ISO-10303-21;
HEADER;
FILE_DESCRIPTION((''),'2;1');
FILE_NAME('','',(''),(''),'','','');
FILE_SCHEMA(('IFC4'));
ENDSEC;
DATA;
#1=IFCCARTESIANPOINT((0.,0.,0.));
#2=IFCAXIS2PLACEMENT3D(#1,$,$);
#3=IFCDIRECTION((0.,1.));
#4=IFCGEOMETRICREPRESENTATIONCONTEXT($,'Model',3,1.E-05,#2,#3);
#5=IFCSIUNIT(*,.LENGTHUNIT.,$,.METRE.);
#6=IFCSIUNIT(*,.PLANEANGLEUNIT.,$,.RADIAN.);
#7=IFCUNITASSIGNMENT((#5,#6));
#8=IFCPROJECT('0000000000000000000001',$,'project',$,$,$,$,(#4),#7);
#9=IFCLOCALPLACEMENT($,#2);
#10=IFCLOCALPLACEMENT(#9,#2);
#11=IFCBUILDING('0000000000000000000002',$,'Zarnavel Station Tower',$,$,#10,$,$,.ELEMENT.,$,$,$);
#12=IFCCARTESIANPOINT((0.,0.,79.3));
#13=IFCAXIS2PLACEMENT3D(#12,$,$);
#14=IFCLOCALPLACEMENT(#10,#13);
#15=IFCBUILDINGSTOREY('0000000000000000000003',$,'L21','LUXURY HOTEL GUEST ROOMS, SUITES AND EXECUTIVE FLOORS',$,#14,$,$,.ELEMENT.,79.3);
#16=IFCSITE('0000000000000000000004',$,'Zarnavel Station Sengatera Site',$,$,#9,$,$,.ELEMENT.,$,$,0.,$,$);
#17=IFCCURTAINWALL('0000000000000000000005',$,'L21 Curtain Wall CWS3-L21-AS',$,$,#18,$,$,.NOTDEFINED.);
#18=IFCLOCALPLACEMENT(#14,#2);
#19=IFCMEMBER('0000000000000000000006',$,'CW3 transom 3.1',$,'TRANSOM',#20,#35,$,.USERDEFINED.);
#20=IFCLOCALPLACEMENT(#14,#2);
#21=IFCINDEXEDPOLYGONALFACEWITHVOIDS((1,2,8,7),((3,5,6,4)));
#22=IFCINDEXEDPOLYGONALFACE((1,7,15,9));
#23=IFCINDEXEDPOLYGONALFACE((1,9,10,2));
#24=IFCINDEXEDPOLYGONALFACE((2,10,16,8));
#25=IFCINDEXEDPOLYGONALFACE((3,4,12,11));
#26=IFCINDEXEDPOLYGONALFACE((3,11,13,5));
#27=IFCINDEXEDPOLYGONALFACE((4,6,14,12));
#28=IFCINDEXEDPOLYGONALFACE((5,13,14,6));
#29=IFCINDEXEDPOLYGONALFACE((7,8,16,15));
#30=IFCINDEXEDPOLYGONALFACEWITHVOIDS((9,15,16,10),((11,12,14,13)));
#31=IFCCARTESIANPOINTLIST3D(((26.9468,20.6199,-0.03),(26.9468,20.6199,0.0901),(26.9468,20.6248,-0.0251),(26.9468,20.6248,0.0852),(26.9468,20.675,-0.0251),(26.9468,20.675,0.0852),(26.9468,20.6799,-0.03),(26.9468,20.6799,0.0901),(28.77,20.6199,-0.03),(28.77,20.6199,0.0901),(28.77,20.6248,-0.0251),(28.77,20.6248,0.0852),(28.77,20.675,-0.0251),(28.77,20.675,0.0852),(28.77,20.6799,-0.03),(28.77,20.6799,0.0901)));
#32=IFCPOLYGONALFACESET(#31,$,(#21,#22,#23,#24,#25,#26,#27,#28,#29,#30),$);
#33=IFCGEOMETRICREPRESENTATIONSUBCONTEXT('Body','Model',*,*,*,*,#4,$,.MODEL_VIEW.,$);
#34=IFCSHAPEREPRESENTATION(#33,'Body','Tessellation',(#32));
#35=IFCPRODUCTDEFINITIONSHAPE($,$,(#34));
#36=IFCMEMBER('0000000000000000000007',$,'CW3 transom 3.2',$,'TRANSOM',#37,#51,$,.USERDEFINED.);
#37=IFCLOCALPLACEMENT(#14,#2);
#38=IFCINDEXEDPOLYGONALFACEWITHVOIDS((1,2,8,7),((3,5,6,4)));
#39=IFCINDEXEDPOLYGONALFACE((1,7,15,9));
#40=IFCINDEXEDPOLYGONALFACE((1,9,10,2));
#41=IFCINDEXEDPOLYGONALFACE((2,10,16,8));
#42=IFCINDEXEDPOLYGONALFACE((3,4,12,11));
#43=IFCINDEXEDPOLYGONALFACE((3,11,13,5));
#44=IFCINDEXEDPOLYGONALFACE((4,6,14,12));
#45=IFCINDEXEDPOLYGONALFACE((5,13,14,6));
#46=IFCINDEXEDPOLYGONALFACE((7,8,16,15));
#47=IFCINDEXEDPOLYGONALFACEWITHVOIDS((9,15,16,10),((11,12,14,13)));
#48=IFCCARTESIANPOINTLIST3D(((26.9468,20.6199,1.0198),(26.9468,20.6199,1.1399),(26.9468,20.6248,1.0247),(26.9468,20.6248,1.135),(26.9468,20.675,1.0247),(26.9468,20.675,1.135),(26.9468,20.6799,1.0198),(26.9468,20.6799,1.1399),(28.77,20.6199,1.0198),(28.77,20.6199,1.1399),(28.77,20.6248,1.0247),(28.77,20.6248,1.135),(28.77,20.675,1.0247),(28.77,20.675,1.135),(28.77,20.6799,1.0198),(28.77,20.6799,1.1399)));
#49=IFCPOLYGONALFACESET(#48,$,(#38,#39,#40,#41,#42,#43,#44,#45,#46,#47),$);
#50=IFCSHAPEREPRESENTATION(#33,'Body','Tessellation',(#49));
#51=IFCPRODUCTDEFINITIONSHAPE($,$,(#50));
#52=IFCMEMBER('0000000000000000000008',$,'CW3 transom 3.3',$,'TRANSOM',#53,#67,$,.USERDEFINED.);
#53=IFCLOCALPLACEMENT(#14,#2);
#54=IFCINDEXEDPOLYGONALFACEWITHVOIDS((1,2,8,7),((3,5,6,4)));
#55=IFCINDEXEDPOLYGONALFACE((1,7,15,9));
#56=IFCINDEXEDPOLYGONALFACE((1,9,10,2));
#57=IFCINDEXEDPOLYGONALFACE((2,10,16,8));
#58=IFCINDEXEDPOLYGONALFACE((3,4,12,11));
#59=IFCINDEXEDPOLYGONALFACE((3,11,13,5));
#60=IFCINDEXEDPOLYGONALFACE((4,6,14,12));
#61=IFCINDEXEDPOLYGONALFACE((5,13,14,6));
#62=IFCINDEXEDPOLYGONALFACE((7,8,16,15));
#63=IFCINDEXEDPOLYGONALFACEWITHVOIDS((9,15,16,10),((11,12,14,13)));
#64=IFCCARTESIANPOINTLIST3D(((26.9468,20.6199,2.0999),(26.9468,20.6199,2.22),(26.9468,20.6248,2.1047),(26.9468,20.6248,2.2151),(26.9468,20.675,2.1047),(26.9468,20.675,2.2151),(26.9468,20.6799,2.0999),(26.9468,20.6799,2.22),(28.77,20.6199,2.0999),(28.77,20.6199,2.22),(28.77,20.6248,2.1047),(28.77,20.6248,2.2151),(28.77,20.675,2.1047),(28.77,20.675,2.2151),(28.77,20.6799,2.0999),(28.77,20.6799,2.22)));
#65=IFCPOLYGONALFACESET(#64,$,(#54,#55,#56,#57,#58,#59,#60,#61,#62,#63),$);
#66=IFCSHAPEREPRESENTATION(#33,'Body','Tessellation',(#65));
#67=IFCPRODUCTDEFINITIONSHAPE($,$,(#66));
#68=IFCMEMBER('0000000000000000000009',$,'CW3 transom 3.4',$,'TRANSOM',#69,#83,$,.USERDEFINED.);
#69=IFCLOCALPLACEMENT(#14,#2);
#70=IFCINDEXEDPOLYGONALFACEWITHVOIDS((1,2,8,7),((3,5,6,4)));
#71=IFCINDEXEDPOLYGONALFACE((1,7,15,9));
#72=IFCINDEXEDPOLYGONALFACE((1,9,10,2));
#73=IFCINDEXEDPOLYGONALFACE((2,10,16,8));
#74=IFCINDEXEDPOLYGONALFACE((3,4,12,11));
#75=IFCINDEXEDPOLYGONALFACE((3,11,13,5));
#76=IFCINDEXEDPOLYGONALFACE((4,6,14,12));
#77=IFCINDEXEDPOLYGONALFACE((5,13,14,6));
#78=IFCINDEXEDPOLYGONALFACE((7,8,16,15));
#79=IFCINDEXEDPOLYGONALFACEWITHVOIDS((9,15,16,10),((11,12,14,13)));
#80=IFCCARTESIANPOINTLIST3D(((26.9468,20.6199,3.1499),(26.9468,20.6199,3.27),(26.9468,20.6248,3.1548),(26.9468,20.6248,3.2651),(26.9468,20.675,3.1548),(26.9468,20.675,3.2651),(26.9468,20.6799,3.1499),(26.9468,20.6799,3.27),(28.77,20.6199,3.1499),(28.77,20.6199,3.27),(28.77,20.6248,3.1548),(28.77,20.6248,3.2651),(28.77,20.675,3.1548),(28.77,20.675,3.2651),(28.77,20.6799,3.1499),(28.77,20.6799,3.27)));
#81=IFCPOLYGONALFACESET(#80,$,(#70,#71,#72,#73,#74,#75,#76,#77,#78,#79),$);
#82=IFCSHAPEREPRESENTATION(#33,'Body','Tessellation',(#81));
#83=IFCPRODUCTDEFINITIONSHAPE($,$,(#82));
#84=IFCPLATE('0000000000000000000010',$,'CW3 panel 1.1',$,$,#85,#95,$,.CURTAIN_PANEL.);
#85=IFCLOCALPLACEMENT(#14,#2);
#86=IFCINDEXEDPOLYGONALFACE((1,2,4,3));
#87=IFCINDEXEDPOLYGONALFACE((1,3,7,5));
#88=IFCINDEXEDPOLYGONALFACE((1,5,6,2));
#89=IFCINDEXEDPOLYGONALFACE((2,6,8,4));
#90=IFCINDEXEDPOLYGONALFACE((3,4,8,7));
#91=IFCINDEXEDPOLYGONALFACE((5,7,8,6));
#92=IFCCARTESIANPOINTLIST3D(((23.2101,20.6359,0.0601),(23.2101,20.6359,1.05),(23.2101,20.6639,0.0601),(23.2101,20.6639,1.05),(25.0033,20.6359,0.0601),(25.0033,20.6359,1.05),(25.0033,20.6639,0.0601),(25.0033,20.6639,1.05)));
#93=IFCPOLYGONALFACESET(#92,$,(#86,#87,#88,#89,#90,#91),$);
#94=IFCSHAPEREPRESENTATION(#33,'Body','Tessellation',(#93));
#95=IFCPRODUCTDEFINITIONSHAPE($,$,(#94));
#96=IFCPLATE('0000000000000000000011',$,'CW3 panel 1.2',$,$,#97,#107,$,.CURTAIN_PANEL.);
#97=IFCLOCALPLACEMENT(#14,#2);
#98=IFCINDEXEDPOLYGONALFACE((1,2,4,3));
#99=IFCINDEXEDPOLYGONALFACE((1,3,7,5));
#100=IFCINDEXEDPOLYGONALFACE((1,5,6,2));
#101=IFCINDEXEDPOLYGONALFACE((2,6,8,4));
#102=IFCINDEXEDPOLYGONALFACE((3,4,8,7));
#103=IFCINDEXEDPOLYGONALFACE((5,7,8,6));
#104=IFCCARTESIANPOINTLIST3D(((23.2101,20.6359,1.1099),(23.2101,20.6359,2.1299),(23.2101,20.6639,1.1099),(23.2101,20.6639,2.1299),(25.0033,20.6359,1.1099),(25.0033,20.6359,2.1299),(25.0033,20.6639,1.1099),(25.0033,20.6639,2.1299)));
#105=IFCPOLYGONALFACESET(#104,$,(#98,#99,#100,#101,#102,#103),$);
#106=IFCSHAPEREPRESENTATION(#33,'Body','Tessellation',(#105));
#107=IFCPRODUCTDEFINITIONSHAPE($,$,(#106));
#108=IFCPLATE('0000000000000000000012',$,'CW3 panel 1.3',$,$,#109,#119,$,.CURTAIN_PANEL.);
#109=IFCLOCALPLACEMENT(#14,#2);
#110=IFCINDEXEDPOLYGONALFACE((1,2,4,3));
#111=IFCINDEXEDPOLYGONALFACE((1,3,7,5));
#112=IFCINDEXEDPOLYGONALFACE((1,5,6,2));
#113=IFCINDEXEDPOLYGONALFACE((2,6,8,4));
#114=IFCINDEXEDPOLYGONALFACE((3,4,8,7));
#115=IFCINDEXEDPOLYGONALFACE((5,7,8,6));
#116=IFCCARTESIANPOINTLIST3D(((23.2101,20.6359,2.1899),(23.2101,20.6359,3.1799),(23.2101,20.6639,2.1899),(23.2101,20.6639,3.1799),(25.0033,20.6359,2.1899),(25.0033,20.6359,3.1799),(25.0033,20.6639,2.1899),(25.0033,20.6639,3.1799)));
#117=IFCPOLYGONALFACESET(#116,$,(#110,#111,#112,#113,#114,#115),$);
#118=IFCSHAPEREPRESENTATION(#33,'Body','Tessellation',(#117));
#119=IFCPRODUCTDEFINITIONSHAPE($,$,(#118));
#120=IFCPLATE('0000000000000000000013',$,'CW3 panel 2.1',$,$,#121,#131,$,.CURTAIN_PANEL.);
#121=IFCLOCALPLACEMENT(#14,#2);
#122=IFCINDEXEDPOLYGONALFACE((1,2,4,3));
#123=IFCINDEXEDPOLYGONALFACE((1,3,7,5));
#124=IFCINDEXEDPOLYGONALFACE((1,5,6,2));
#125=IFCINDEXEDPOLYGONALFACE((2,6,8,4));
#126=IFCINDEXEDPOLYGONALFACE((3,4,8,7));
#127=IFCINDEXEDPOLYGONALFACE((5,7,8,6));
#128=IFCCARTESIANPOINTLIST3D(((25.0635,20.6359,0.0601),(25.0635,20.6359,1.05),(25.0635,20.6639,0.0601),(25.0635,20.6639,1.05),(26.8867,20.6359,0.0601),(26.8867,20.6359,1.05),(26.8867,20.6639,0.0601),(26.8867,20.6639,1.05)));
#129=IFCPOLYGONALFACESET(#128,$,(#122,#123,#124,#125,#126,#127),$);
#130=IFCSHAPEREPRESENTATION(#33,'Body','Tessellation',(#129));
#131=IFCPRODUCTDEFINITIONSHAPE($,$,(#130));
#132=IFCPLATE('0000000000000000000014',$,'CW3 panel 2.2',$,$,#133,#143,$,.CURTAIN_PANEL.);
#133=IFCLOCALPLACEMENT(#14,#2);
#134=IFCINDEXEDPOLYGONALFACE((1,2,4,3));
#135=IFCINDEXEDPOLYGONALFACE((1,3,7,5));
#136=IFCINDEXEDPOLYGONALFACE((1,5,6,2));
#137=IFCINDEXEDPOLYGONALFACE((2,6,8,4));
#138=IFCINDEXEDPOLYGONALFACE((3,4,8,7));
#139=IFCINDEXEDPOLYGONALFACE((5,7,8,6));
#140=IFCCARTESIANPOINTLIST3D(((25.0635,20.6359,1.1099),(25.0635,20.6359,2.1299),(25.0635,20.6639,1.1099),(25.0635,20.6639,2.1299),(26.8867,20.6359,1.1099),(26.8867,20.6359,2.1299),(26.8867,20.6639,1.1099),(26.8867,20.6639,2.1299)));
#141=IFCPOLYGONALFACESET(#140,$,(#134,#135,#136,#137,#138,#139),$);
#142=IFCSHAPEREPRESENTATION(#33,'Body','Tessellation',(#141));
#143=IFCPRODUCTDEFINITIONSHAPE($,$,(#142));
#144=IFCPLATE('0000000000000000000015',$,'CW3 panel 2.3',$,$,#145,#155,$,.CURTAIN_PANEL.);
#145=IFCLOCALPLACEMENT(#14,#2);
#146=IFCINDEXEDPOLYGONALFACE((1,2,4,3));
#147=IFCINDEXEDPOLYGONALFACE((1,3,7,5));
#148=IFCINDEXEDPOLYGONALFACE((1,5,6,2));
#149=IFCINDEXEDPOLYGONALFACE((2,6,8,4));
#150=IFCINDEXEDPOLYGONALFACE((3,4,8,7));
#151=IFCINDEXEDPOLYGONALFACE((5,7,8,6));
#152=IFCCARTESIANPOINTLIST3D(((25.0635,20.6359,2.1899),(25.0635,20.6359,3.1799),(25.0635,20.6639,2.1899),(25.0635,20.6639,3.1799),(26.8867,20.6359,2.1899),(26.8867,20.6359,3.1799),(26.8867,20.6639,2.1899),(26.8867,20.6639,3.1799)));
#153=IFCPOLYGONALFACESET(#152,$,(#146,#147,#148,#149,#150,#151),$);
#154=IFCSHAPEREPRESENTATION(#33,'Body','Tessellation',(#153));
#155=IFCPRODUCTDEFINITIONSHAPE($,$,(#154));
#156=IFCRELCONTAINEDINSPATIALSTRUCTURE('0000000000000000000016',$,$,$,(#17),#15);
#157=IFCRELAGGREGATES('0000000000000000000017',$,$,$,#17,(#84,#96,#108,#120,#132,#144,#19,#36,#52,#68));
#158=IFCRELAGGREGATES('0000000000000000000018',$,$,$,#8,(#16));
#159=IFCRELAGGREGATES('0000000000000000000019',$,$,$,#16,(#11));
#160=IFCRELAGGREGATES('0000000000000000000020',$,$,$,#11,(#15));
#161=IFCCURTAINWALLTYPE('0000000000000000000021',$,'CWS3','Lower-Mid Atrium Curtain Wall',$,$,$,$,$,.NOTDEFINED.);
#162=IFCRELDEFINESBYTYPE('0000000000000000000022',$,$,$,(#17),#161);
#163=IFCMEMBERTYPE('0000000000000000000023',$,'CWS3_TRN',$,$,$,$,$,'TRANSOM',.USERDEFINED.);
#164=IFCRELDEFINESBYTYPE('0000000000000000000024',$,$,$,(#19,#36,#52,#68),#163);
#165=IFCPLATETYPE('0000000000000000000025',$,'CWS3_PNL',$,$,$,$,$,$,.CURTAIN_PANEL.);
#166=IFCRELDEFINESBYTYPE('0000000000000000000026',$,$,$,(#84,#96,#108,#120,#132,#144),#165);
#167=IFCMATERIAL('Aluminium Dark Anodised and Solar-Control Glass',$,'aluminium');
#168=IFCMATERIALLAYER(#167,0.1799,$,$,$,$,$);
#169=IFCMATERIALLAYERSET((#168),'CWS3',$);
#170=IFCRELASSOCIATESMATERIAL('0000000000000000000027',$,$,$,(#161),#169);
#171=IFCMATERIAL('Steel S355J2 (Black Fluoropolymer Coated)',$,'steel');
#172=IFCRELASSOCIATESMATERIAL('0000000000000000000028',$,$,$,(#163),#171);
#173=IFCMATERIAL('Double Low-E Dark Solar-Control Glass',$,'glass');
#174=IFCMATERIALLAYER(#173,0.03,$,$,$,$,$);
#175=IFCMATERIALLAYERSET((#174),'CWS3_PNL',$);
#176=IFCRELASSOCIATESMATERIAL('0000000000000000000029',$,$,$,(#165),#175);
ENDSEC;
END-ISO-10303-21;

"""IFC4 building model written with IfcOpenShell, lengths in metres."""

from ifc_helpers import new_model, si_unit, direction, frame, origin, origin_2d, place, context, subcontext, project, spatial, rectangle, hollow_rectangle, extrude, material, layer, layer_set, material_profile, profile_set, type_object, element, aggregate, save


model = new_model("IFC4")

# Units and contexts
model_context = context("Model", 3, precision=1e-05, world=origin(), true_north=direction((0.0, 1.0)))
body_context = subcontext(model_context, "Body", "Model", "MODEL_VIEW")
ifc_project = project(units=[si_unit("LENGTHUNIT", "METRE"), si_unit("PLANEANGLEUNIT", "RADIAN")], contexts=[model_context])

# Site, building, storey
site_placement = place(None, origin())
site = spatial("IfcSite", under=ifc_project, at=site_placement, Name="Zarnavel Station Sengatera Site", CompositionType="ELEMENT", RefElevation=0.0)
building_placement = place(site_placement, origin())
building = spatial("IfcBuilding", under=site, at=building_placement, Name="Zarnavel Station Tower", CompositionType="ELEMENT")
storey_placement = place(building_placement, frame((0.0, 0.0, 79.3)))
storey = spatial("IfcBuildingStorey", under=building, at=storey_placement, Name="L21", Description="LUXURY HOTEL GUEST ROOMS, SUITES AND EXECUTIVE FLOORS", CompositionType="ELEMENT", Elevation=79.3)

# Curtain wall, members, plates
ifc_material_1 = material(Name="Aluminium Dark Anodised and Solar-Control Glass", Category="aluminium")
ifc_layer_1 = layer(ifc_material_1, 0.1799)
ifc_layer_set_1 = layer_set([ifc_layer_1], Name="CWS3")
curtain_wall_type = type_object("IfcCurtainWallType", Name="CWS3", Description="Lower-Mid Atrium Curtain Wall", PredefinedType="NOTDEFINED", material=ifc_layer_set_1)
curtain_wall_placement = place(storey_placement, origin())
curtain_wall = element("IfcCurtainWall", 1, at=curtain_wall_placement, inside=storey, type_object=curtain_wall_type, Name="L21 Curtain Wall CWS3-L21-AS", PredefinedType="NOTDEFINED")
ifc_material_2 = material(Name="Steel S355J2 (Black Fluoropolymer Coated)", Category="steel")
ifc_material_profile_1 = material_profile(ifc_material_2, hollow_rectangle(XDim=0.0601, YDim=0.1201, WallThickness=0.0049, at=origin_2d()), Name="RHS120x60x5")
ifc_profile_set_1 = profile_set([ifc_material_profile_1], Name="Steel S355J2 (Black Fluoropolymer Coated)")
member_type_1 = type_object("IfcMemberType", Name="CWS3_TRN", ElementType="TRANSOM", PredefinedType="USERDEFINED", material=ifc_profile_set_1)
member_1_placement = place(storey_placement, frame((26.9468, 20.6499, 0.03), z_axis=(1.0, 0.0, 0.0), x_axis=(0.0, 1.0, 0.0)))
member_1 = element("IfcMember", 2, at=member_1_placement, type_object=member_type_1, Name="CW3 transom 3.1", ObjectType="TRANSOM", PredefinedType="USERDEFINED", context=body_context, shape_type="SweptSolid", body=[
    extrude(hollow_rectangle(XDim=0.0601, YDim=0.1201, WallThickness=0.0049, at=origin_2d()), origin(), (0.0, 0.0, 1.0), 1.8232),
])
member_2_placement = place(storey_placement, frame((26.9468, 20.6499, 1.0798), z_axis=(1.0, 0.0, 0.0), x_axis=(0.0, 1.0, 0.0)))
member_2 = element("IfcMember", 3, at=member_2_placement, type_object=member_type_1, Name="CW3 transom 3.2", ObjectType="TRANSOM", PredefinedType="USERDEFINED", context=body_context, shape_type="SweptSolid", body=[
    extrude(hollow_rectangle(XDim=0.0601, YDim=0.1201, WallThickness=0.0049, at=origin_2d()), origin(), (0.0, 0.0, 1.0), 1.8232),
])
member_3_placement = place(storey_placement, frame((26.9468, 20.6499, 2.1599), z_axis=(1.0, 0.0, 0.0), x_axis=(0.0, 1.0, 0.0)))
member_3 = element("IfcMember", 4, at=member_3_placement, type_object=member_type_1, Name="CW3 transom 3.3", ObjectType="TRANSOM", PredefinedType="USERDEFINED", context=body_context, shape_type="SweptSolid", body=[
    extrude(hollow_rectangle(XDim=0.0601, YDim=0.1201, WallThickness=0.0049, at=origin_2d()), origin(), (0.0, 0.0, 1.0), 1.8232),
])
member_4_placement = place(storey_placement, frame((26.9468, 20.6499, 3.21), z_axis=(1.0, 0.0, 0.0), x_axis=(0.0, 1.0, 0.0)))
member_4 = element("IfcMember", 5, at=member_4_placement, type_object=member_type_1, Name="CW3 transom 3.4", ObjectType="TRANSOM", PredefinedType="USERDEFINED", context=body_context, shape_type="SweptSolid", body=[
    extrude(hollow_rectangle(XDim=0.0601, YDim=0.1201, WallThickness=0.0049, at=origin_2d()), origin(), (0.0, 0.0, 1.0), 1.8232),
])
ifc_material_3 = material(Name="Double Low-E Dark Solar-Control Glass", Category="glass")
ifc_layer_2 = layer(ifc_material_3, 0.03)
ifc_layer_set_2 = layer_set([ifc_layer_2], Name="CWS3_PNL")
plate_type = type_object("IfcPlateType", Name="CWS3_PNL", PredefinedType="CURTAIN_PANEL", material=ifc_layer_set_2)
plate_1_placement = place(storey_placement, frame((24.1067, 20.6499, 0.0601), z_axis=(0.0, 0.0, 1.0), x_axis=(1.0, 0.0, 0.0)))
plate_1 = element("IfcPlate", 6, at=plate_1_placement, type_object=plate_type, Name="CW3 panel 1.1", PredefinedType="CURTAIN_PANEL", context=body_context, shape_type="SweptSolid", body=[
    extrude(rectangle(XDim=1.7932, YDim=0.0281, at=origin_2d()), origin(), (0.0, 0.0, 1.0), 0.99),
])
plate_2_placement = place(storey_placement, frame((24.1067, 20.6499, 1.1099), z_axis=(0.0, 0.0, 1.0), x_axis=(1.0, 0.0, 0.0)))
plate_2 = element("IfcPlate", 7, at=plate_2_placement, type_object=plate_type, Name="CW3 panel 1.2", PredefinedType="CURTAIN_PANEL", context=body_context, shape_type="SweptSolid", body=[
    extrude(rectangle(XDim=1.7932, YDim=0.0281, at=origin_2d()), origin(), (0.0, 0.0, 1.0), 1.02),
])
plate_3_placement = place(storey_placement, frame((24.1067, 20.6499, 2.1899), z_axis=(0.0, 0.0, 1.0), x_axis=(1.0, 0.0, 0.0)))
plate_3 = element("IfcPlate", 8, at=plate_3_placement, type_object=plate_type, Name="CW3 panel 1.3", PredefinedType="CURTAIN_PANEL", context=body_context, shape_type="SweptSolid", body=[
    extrude(rectangle(XDim=1.7932, YDim=0.0281, at=origin_2d()), origin(), (0.0, 0.0, 1.0), 0.99),
])
plate_4_placement = place(storey_placement, frame((25.9751, 20.6499, 0.0601), z_axis=(0.0, 0.0, 1.0), x_axis=(1.0, 0.0, 0.0)))
plate_4 = element("IfcPlate", 9, at=plate_4_placement, type_object=plate_type, Name="CW3 panel 2.1", PredefinedType="CURTAIN_PANEL", context=body_context, shape_type="SweptSolid", body=[
    extrude(rectangle(XDim=1.8232, YDim=0.0281, at=origin_2d()), origin(), (0.0, 0.0, 1.0), 0.99),
])
plate_5_placement = place(storey_placement, frame((25.9751, 20.6499, 1.1099), z_axis=(0.0, 0.0, 1.0), x_axis=(1.0, 0.0, 0.0)))
plate_5 = element("IfcPlate", 10, at=plate_5_placement, type_object=plate_type, Name="CW3 panel 2.2", PredefinedType="CURTAIN_PANEL", context=body_context, shape_type="SweptSolid", body=[
    extrude(rectangle(XDim=1.8232, YDim=0.0281, at=origin_2d()), origin(), (0.0, 0.0, 1.0), 1.02),
])
plate_6_placement = place(storey_placement, frame((25.9751, 20.6499, 2.1899), z_axis=(0.0, 0.0, 1.0), x_axis=(1.0, 0.0, 0.0)))
plate_6 = element("IfcPlate", 11, at=plate_6_placement, type_object=plate_type, Name="CW3 panel 2.3", PredefinedType="CURTAIN_PANEL", context=body_context, shape_type="SweptSolid", body=[
    extrude(rectangle(XDim=1.8232, YDim=0.0281, at=origin_2d()), origin(), (0.0, 0.0, 1.0), 0.99),
])
aggregate(curtain_wall, [plate_1, plate_2, plate_3, plate_4, plate_5, plate_6, member_1, member_2, member_3, member_4])

save(model, "model.ifc")
